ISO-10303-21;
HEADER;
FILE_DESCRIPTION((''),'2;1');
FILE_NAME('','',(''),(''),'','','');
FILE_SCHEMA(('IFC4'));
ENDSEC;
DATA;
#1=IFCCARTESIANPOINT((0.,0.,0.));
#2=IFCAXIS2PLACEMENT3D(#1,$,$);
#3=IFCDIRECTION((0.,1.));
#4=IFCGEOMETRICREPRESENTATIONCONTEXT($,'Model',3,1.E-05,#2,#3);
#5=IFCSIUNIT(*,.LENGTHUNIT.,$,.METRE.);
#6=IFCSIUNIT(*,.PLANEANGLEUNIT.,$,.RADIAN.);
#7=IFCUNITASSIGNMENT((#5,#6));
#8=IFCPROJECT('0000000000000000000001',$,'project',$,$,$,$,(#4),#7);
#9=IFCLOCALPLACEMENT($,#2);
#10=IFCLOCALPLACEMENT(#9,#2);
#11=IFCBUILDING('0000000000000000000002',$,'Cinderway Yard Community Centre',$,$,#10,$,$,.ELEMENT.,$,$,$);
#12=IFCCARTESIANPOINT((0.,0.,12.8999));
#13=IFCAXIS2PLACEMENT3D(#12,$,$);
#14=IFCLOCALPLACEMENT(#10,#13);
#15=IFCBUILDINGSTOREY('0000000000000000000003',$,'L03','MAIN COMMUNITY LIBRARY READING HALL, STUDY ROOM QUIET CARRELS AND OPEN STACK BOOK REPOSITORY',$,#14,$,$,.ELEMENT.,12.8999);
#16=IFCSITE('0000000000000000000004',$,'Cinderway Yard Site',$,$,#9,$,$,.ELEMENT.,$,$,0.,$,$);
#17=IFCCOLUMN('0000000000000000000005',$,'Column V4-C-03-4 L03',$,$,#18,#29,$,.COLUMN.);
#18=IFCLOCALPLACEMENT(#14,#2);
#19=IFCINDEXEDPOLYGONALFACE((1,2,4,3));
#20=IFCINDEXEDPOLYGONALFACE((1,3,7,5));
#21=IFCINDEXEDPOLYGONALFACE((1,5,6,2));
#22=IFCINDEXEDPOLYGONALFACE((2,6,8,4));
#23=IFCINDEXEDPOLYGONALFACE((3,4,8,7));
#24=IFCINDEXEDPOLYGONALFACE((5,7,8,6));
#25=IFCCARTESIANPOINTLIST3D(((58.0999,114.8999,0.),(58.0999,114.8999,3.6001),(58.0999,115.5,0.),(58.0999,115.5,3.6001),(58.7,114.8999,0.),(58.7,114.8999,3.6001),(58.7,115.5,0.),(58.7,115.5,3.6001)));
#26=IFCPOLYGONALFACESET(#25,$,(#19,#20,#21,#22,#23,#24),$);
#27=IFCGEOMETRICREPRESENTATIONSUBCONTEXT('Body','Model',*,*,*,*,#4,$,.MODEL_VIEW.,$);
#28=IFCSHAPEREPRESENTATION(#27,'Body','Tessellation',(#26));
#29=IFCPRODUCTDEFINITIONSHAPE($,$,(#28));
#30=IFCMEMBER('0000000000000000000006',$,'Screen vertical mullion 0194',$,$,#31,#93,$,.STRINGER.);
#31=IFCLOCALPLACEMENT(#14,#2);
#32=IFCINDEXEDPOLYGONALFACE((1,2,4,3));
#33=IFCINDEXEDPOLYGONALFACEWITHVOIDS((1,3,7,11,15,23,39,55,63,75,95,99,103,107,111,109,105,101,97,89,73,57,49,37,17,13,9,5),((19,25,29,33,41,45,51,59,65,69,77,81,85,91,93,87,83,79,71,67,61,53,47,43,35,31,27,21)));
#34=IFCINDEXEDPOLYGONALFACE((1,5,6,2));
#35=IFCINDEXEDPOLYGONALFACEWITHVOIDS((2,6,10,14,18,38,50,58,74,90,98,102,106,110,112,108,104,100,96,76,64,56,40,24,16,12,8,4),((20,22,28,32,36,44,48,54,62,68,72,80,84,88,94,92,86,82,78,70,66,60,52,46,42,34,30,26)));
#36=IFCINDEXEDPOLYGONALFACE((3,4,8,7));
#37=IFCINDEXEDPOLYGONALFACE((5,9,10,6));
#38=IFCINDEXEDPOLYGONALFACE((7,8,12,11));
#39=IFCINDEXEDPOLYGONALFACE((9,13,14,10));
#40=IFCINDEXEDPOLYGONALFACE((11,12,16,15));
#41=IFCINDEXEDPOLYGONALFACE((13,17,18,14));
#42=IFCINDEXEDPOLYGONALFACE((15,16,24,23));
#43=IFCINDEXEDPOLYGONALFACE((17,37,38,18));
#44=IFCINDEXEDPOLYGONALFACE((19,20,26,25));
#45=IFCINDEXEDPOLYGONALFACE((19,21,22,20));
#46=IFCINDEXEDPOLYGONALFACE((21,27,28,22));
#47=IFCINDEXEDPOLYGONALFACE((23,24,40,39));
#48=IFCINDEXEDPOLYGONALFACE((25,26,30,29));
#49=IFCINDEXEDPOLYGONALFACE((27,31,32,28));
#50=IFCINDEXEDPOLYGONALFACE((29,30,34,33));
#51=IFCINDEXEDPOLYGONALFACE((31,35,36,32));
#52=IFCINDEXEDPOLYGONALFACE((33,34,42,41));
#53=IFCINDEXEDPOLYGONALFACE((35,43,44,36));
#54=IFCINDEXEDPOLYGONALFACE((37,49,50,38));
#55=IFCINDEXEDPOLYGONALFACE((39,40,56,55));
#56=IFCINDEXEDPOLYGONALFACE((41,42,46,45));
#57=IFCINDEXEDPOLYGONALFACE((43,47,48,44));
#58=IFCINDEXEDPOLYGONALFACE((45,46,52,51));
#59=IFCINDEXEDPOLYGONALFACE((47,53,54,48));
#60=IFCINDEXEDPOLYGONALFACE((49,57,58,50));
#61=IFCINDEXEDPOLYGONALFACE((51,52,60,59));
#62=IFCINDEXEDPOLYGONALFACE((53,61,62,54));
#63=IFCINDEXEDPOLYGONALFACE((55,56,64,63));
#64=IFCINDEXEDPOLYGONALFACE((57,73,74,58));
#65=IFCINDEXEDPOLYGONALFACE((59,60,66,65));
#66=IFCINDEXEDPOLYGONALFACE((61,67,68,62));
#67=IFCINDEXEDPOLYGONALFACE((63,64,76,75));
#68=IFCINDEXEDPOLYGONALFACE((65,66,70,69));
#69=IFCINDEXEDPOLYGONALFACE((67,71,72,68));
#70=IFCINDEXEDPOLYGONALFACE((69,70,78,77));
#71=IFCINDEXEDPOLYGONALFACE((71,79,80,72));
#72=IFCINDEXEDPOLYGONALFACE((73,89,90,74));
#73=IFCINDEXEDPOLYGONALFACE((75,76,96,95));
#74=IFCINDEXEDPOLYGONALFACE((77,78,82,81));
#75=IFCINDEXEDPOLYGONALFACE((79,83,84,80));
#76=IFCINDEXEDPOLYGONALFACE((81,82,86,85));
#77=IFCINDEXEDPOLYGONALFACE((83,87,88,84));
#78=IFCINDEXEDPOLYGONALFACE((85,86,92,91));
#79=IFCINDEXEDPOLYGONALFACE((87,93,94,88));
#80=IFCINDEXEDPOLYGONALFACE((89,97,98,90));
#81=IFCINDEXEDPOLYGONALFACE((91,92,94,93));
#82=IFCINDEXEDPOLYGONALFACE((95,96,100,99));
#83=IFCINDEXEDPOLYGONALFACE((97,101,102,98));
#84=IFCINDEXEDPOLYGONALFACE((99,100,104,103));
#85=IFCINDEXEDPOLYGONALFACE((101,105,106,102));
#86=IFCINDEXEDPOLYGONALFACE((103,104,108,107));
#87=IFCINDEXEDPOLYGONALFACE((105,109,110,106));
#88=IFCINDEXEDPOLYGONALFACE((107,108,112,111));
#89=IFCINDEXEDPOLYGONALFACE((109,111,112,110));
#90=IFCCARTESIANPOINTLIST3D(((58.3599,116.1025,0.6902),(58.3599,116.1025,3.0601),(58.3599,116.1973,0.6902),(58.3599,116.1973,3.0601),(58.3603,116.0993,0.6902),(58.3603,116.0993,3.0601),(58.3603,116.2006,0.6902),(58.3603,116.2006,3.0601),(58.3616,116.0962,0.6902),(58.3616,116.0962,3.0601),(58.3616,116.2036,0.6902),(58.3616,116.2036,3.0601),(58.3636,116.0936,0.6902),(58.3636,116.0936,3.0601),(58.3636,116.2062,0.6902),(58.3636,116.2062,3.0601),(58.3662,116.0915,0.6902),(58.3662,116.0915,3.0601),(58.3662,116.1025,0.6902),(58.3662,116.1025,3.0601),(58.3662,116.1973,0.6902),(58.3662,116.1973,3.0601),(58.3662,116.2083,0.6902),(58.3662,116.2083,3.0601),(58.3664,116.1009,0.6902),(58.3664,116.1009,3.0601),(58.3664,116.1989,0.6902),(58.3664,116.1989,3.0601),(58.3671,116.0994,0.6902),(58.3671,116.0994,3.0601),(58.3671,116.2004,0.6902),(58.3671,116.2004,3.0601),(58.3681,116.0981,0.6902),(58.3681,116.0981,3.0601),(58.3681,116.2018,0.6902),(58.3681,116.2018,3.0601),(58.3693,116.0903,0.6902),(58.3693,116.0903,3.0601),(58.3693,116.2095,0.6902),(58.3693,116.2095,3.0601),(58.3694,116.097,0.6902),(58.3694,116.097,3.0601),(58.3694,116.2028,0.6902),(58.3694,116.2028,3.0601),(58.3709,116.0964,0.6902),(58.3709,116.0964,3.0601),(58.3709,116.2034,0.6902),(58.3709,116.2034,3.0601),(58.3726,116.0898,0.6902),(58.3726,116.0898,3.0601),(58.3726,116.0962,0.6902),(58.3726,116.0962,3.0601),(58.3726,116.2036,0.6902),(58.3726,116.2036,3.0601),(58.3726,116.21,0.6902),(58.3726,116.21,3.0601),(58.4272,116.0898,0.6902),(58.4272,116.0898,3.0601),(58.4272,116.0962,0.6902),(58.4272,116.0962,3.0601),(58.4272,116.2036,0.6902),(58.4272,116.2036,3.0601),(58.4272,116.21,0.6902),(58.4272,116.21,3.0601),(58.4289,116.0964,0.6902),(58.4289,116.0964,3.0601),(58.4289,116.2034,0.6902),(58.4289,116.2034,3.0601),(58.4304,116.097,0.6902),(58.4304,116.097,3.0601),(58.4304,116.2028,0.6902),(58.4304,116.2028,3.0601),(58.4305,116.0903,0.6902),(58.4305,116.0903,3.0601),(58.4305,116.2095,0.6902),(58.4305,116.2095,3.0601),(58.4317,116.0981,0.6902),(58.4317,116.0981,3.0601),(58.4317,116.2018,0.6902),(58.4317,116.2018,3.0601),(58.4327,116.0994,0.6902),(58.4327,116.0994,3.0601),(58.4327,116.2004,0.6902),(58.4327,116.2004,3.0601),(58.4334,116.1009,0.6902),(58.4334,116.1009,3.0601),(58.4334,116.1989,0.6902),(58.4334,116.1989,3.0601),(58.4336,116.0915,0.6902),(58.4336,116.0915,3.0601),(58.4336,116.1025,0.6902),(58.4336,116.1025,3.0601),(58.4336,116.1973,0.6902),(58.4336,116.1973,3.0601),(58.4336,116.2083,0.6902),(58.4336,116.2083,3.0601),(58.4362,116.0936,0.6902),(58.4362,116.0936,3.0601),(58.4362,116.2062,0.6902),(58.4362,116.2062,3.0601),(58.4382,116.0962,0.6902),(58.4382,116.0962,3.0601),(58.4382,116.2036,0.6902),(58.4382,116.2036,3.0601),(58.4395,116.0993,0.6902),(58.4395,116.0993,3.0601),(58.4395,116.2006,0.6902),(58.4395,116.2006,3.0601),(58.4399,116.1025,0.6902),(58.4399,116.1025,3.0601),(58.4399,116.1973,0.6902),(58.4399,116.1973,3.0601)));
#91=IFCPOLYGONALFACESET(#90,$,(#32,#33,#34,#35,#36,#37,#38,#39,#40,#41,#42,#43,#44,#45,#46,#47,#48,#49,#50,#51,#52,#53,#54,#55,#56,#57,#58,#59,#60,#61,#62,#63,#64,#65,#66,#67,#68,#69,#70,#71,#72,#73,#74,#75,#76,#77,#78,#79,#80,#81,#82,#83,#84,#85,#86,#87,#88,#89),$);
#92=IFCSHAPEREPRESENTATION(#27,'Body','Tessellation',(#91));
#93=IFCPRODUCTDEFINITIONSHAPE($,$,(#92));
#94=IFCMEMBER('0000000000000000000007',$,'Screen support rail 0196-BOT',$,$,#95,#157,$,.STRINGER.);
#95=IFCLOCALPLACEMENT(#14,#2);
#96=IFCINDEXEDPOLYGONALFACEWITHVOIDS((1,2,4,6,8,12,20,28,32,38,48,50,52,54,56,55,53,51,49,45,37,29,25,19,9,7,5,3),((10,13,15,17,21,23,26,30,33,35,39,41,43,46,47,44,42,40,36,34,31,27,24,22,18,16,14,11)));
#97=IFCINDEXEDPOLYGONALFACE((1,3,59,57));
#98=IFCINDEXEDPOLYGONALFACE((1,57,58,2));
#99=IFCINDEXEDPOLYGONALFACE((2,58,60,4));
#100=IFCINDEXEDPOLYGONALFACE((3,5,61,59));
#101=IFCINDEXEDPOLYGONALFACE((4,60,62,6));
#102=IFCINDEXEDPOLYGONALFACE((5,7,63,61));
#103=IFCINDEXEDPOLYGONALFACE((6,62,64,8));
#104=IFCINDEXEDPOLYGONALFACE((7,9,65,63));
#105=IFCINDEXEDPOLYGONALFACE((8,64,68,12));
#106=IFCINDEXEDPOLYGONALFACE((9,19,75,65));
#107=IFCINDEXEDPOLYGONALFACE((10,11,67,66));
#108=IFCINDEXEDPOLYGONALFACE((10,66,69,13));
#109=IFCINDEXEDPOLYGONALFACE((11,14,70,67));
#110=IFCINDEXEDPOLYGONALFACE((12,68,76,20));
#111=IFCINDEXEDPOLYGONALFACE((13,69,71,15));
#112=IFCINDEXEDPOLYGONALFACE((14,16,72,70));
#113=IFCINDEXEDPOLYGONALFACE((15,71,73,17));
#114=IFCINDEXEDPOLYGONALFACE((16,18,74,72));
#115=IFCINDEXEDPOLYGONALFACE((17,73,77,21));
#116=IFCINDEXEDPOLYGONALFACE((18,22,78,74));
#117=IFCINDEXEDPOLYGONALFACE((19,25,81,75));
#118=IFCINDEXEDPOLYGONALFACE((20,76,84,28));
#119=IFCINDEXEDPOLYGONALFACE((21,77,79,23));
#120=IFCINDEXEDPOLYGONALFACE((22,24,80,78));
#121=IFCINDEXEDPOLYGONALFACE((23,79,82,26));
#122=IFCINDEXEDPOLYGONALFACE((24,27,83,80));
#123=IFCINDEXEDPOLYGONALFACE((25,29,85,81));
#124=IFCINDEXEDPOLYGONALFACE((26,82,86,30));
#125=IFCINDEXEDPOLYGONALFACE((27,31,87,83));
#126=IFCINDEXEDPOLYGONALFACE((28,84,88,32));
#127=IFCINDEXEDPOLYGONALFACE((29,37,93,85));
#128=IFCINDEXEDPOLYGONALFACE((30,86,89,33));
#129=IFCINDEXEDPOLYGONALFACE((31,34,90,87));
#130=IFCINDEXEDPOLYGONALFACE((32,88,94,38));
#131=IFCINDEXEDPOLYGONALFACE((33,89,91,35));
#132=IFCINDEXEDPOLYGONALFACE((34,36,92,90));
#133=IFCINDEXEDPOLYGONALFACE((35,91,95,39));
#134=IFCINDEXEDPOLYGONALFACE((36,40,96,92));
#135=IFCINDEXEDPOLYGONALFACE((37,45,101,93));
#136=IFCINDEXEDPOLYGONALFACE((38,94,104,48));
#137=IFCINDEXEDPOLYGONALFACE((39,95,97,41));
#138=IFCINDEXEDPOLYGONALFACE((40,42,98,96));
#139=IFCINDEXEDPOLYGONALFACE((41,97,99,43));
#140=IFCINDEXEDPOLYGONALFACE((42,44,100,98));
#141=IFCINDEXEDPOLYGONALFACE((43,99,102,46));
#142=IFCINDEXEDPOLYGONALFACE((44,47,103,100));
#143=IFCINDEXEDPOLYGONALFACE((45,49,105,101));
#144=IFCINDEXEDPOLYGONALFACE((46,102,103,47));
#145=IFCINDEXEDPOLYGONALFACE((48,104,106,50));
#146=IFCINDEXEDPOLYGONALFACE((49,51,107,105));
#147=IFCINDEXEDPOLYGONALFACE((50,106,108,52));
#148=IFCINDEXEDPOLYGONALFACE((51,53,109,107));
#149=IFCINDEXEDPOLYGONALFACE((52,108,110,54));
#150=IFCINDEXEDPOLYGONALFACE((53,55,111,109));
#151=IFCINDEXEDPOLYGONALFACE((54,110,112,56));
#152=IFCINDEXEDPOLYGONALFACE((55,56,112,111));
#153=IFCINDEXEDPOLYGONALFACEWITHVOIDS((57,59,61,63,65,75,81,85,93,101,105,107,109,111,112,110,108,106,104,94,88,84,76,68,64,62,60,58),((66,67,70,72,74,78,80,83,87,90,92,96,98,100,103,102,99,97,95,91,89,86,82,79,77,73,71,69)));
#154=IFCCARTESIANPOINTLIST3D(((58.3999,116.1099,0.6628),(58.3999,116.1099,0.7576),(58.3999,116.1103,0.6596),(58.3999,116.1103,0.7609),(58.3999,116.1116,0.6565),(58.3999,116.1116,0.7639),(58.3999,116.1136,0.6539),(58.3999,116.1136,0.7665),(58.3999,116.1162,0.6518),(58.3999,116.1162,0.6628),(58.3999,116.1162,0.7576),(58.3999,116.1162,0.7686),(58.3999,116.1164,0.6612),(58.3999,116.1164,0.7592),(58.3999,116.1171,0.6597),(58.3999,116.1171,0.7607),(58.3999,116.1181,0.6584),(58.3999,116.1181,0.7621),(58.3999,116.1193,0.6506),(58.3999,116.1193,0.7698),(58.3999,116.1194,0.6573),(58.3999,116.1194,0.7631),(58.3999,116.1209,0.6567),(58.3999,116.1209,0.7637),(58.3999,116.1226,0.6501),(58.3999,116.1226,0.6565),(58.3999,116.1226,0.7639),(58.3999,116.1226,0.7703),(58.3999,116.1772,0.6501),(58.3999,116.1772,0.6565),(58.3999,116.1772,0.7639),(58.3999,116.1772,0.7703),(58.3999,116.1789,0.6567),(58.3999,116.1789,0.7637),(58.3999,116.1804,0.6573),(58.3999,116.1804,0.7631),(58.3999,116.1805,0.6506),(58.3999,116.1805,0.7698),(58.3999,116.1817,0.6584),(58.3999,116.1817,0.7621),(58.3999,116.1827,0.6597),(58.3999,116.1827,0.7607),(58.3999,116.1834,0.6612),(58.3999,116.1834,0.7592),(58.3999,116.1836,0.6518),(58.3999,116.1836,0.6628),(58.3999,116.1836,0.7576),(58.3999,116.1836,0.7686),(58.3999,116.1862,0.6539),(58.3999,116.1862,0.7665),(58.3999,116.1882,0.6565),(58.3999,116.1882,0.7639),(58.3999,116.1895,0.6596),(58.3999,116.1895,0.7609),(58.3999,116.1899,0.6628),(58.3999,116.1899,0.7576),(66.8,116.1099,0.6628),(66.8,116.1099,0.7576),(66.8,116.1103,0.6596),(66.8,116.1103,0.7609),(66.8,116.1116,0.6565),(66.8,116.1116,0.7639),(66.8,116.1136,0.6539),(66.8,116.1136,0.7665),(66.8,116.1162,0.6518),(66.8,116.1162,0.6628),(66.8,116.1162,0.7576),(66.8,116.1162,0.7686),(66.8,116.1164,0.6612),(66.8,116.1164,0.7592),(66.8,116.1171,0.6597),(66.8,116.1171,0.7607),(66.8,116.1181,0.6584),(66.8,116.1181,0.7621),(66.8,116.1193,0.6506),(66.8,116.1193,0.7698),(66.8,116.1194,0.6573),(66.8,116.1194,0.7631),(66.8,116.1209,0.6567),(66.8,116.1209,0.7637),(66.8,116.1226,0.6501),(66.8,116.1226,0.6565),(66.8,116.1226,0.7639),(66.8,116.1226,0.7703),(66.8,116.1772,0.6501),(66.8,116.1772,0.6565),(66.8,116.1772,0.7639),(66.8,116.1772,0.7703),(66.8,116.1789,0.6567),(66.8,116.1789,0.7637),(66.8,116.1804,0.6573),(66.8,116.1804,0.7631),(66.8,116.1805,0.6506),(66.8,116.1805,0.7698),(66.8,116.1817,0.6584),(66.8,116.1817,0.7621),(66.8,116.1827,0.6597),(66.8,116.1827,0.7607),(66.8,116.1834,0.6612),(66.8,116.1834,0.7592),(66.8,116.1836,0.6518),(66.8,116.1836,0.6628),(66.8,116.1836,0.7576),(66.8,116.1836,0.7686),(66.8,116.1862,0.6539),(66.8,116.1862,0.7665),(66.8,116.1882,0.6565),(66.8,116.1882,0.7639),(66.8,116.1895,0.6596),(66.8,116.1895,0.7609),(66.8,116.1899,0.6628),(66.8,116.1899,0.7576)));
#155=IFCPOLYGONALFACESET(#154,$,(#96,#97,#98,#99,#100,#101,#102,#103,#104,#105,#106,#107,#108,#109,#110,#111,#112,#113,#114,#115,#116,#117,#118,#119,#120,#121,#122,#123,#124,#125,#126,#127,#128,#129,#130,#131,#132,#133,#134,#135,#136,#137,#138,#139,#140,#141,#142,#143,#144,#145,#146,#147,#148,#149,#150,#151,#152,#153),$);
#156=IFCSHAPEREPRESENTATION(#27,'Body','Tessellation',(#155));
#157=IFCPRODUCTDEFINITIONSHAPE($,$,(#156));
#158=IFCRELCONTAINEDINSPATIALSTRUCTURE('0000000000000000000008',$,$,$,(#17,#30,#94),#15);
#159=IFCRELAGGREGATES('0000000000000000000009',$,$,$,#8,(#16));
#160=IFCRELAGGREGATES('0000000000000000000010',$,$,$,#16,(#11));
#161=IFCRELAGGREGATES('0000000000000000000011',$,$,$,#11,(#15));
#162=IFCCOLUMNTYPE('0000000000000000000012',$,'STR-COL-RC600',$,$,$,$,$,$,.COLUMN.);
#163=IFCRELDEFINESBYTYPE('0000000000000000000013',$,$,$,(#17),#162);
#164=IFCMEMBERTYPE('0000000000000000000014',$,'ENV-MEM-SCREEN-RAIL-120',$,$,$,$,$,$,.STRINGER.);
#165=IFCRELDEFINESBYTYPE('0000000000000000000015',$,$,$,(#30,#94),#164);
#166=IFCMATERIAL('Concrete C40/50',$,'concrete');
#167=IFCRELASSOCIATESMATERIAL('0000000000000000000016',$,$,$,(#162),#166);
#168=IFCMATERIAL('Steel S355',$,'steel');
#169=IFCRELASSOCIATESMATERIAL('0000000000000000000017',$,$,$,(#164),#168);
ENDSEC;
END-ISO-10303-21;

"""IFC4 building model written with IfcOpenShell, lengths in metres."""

from ifc_helpers import new_model, si_unit, direction, frame, origin, origin_2d, place, context, subcontext, project, spatial, rectangle, hollow_rectangle, extrude, material, material_profile, profile_set, type_object, element, save


model = new_model("IFC4")

# Units and contexts
model_context = context("Model", 3, precision=1e-05, world=origin(), true_north=direction((0.0, 1.0)))
body_context = subcontext(model_context, "Body", "Model", "MODEL_VIEW")
ifc_project = project(units=[si_unit("LENGTHUNIT", "METRE"), si_unit("PLANEANGLEUNIT", "RADIAN")], contexts=[model_context])

# Site, building, storey
site_placement = place(None, origin())
site = spatial("IfcSite", under=ifc_project, at=site_placement, Name="Cinderway Yard Site", CompositionType="ELEMENT", RefElevation=0.0)
building_placement = place(site_placement, origin())
building = spatial("IfcBuilding", under=site, at=building_placement, Name="Cinderway Yard Community Centre", CompositionType="ELEMENT")
storey_placement = place(building_placement, frame((0.0, 0.0, 12.8999)))
storey = spatial("IfcBuildingStorey", under=building, at=storey_placement, Name="L03", Description="MAIN COMMUNITY LIBRARY READING HALL, STUDY ROOM QUIET CARRELS AND OPEN STACK BOOK REPOSITORY", CompositionType="ELEMENT", Elevation=12.8999)

# Column
ifc_material_1 = material(Name="Concrete C40/50", Category="concrete")
ifc_material_profile_1 = material_profile(ifc_material_1, rectangle(XDim=0.6001, YDim=0.6001, at=origin_2d()), Name="Concrete C40/50")
ifc_profile_set_1 = profile_set([ifc_material_profile_1], Name="Concrete C40/50")
column_type = type_object("IfcColumnType", Name="STR-COL-RC600", PredefinedType="COLUMN", material=ifc_profile_set_1)
column_placement = place(storey_placement, frame((58.3999, 115.2, 0.0), z_axis=(0.0, 0.0, 1.0), x_axis=(1.0, 0.0, 0.0)))
element("IfcColumn", 1, at=column_placement, inside=storey, type_object=column_type, Name="Column V4-C-03-4 L03", PredefinedType="COLUMN", context=body_context, shape_type="SweptSolid", body=[
    extrude(rectangle(XDim=0.6001, YDim=0.6001, at=origin_2d()), origin(), (0.0, 0.0, 1.0), 3.6001),
])

# Members
ifc_material_2 = material(Name="Steel S355", Category="steel")
ifc_material_profile_2 = material_profile(ifc_material_2, hollow_rectangle(XDim=0.0801, YDim=0.1201, WallThickness=0.0063, InnerFilletRadius=0.0063, OuterFilletRadius=0.0127, at=origin_2d()), Name="Steel S355")
ifc_profile_set_2 = profile_set([ifc_material_profile_2], Name="Steel S355")
member_type_1 = type_object("IfcMemberType", Name="ENV-MEM-SCREEN-RAIL-120", PredefinedType="STRINGER", material=ifc_profile_set_2)
member_placement = place(storey_placement, frame((58.3999, 116.1499, 0.6902), z_axis=(0.0, 0.0, 1.0), x_axis=(1.0, 0.0, 0.0)))
element("IfcMember", 2, at=member_placement, inside=storey, type_object=member_type_1, Name="Screen vertical mullion 0194", PredefinedType="STRINGER", context=body_context, shape_type="SweptSolid", body=[
    extrude(hollow_rectangle(XDim=0.0801, YDim=0.1201, WallThickness=0.0063, InnerFilletRadius=0.0063, OuterFilletRadius=0.0127, at=origin_2d()), origin(), (0.0, 0.0, 1.0), 2.3699),
])
for number, where, z_axis, x_axis, name in (
    (3, (58.3999, 116.1499, 0.7102), (1.0, 0.0, 0.0), (0.0, 1.0, 0.0), "Screen support rail 0196-BOT"),
):
    element("IfcMember", number, at=place(storey_placement, frame(where, z_axis=z_axis, x_axis=x_axis)), inside=storey, type_object=member_type_1, Name=name, PredefinedType="STRINGER", context=body_context, shape_type="SweptSolid", body=[
        extrude(hollow_rectangle(XDim=0.0801, YDim=0.1201, WallThickness=0.0063, InnerFilletRadius=0.0063, OuterFilletRadius=0.0127, at=origin_2d()), origin(), (0.0, 0.0, 1.0), 8.4001),
    ])

save(model, "model.ifc")
